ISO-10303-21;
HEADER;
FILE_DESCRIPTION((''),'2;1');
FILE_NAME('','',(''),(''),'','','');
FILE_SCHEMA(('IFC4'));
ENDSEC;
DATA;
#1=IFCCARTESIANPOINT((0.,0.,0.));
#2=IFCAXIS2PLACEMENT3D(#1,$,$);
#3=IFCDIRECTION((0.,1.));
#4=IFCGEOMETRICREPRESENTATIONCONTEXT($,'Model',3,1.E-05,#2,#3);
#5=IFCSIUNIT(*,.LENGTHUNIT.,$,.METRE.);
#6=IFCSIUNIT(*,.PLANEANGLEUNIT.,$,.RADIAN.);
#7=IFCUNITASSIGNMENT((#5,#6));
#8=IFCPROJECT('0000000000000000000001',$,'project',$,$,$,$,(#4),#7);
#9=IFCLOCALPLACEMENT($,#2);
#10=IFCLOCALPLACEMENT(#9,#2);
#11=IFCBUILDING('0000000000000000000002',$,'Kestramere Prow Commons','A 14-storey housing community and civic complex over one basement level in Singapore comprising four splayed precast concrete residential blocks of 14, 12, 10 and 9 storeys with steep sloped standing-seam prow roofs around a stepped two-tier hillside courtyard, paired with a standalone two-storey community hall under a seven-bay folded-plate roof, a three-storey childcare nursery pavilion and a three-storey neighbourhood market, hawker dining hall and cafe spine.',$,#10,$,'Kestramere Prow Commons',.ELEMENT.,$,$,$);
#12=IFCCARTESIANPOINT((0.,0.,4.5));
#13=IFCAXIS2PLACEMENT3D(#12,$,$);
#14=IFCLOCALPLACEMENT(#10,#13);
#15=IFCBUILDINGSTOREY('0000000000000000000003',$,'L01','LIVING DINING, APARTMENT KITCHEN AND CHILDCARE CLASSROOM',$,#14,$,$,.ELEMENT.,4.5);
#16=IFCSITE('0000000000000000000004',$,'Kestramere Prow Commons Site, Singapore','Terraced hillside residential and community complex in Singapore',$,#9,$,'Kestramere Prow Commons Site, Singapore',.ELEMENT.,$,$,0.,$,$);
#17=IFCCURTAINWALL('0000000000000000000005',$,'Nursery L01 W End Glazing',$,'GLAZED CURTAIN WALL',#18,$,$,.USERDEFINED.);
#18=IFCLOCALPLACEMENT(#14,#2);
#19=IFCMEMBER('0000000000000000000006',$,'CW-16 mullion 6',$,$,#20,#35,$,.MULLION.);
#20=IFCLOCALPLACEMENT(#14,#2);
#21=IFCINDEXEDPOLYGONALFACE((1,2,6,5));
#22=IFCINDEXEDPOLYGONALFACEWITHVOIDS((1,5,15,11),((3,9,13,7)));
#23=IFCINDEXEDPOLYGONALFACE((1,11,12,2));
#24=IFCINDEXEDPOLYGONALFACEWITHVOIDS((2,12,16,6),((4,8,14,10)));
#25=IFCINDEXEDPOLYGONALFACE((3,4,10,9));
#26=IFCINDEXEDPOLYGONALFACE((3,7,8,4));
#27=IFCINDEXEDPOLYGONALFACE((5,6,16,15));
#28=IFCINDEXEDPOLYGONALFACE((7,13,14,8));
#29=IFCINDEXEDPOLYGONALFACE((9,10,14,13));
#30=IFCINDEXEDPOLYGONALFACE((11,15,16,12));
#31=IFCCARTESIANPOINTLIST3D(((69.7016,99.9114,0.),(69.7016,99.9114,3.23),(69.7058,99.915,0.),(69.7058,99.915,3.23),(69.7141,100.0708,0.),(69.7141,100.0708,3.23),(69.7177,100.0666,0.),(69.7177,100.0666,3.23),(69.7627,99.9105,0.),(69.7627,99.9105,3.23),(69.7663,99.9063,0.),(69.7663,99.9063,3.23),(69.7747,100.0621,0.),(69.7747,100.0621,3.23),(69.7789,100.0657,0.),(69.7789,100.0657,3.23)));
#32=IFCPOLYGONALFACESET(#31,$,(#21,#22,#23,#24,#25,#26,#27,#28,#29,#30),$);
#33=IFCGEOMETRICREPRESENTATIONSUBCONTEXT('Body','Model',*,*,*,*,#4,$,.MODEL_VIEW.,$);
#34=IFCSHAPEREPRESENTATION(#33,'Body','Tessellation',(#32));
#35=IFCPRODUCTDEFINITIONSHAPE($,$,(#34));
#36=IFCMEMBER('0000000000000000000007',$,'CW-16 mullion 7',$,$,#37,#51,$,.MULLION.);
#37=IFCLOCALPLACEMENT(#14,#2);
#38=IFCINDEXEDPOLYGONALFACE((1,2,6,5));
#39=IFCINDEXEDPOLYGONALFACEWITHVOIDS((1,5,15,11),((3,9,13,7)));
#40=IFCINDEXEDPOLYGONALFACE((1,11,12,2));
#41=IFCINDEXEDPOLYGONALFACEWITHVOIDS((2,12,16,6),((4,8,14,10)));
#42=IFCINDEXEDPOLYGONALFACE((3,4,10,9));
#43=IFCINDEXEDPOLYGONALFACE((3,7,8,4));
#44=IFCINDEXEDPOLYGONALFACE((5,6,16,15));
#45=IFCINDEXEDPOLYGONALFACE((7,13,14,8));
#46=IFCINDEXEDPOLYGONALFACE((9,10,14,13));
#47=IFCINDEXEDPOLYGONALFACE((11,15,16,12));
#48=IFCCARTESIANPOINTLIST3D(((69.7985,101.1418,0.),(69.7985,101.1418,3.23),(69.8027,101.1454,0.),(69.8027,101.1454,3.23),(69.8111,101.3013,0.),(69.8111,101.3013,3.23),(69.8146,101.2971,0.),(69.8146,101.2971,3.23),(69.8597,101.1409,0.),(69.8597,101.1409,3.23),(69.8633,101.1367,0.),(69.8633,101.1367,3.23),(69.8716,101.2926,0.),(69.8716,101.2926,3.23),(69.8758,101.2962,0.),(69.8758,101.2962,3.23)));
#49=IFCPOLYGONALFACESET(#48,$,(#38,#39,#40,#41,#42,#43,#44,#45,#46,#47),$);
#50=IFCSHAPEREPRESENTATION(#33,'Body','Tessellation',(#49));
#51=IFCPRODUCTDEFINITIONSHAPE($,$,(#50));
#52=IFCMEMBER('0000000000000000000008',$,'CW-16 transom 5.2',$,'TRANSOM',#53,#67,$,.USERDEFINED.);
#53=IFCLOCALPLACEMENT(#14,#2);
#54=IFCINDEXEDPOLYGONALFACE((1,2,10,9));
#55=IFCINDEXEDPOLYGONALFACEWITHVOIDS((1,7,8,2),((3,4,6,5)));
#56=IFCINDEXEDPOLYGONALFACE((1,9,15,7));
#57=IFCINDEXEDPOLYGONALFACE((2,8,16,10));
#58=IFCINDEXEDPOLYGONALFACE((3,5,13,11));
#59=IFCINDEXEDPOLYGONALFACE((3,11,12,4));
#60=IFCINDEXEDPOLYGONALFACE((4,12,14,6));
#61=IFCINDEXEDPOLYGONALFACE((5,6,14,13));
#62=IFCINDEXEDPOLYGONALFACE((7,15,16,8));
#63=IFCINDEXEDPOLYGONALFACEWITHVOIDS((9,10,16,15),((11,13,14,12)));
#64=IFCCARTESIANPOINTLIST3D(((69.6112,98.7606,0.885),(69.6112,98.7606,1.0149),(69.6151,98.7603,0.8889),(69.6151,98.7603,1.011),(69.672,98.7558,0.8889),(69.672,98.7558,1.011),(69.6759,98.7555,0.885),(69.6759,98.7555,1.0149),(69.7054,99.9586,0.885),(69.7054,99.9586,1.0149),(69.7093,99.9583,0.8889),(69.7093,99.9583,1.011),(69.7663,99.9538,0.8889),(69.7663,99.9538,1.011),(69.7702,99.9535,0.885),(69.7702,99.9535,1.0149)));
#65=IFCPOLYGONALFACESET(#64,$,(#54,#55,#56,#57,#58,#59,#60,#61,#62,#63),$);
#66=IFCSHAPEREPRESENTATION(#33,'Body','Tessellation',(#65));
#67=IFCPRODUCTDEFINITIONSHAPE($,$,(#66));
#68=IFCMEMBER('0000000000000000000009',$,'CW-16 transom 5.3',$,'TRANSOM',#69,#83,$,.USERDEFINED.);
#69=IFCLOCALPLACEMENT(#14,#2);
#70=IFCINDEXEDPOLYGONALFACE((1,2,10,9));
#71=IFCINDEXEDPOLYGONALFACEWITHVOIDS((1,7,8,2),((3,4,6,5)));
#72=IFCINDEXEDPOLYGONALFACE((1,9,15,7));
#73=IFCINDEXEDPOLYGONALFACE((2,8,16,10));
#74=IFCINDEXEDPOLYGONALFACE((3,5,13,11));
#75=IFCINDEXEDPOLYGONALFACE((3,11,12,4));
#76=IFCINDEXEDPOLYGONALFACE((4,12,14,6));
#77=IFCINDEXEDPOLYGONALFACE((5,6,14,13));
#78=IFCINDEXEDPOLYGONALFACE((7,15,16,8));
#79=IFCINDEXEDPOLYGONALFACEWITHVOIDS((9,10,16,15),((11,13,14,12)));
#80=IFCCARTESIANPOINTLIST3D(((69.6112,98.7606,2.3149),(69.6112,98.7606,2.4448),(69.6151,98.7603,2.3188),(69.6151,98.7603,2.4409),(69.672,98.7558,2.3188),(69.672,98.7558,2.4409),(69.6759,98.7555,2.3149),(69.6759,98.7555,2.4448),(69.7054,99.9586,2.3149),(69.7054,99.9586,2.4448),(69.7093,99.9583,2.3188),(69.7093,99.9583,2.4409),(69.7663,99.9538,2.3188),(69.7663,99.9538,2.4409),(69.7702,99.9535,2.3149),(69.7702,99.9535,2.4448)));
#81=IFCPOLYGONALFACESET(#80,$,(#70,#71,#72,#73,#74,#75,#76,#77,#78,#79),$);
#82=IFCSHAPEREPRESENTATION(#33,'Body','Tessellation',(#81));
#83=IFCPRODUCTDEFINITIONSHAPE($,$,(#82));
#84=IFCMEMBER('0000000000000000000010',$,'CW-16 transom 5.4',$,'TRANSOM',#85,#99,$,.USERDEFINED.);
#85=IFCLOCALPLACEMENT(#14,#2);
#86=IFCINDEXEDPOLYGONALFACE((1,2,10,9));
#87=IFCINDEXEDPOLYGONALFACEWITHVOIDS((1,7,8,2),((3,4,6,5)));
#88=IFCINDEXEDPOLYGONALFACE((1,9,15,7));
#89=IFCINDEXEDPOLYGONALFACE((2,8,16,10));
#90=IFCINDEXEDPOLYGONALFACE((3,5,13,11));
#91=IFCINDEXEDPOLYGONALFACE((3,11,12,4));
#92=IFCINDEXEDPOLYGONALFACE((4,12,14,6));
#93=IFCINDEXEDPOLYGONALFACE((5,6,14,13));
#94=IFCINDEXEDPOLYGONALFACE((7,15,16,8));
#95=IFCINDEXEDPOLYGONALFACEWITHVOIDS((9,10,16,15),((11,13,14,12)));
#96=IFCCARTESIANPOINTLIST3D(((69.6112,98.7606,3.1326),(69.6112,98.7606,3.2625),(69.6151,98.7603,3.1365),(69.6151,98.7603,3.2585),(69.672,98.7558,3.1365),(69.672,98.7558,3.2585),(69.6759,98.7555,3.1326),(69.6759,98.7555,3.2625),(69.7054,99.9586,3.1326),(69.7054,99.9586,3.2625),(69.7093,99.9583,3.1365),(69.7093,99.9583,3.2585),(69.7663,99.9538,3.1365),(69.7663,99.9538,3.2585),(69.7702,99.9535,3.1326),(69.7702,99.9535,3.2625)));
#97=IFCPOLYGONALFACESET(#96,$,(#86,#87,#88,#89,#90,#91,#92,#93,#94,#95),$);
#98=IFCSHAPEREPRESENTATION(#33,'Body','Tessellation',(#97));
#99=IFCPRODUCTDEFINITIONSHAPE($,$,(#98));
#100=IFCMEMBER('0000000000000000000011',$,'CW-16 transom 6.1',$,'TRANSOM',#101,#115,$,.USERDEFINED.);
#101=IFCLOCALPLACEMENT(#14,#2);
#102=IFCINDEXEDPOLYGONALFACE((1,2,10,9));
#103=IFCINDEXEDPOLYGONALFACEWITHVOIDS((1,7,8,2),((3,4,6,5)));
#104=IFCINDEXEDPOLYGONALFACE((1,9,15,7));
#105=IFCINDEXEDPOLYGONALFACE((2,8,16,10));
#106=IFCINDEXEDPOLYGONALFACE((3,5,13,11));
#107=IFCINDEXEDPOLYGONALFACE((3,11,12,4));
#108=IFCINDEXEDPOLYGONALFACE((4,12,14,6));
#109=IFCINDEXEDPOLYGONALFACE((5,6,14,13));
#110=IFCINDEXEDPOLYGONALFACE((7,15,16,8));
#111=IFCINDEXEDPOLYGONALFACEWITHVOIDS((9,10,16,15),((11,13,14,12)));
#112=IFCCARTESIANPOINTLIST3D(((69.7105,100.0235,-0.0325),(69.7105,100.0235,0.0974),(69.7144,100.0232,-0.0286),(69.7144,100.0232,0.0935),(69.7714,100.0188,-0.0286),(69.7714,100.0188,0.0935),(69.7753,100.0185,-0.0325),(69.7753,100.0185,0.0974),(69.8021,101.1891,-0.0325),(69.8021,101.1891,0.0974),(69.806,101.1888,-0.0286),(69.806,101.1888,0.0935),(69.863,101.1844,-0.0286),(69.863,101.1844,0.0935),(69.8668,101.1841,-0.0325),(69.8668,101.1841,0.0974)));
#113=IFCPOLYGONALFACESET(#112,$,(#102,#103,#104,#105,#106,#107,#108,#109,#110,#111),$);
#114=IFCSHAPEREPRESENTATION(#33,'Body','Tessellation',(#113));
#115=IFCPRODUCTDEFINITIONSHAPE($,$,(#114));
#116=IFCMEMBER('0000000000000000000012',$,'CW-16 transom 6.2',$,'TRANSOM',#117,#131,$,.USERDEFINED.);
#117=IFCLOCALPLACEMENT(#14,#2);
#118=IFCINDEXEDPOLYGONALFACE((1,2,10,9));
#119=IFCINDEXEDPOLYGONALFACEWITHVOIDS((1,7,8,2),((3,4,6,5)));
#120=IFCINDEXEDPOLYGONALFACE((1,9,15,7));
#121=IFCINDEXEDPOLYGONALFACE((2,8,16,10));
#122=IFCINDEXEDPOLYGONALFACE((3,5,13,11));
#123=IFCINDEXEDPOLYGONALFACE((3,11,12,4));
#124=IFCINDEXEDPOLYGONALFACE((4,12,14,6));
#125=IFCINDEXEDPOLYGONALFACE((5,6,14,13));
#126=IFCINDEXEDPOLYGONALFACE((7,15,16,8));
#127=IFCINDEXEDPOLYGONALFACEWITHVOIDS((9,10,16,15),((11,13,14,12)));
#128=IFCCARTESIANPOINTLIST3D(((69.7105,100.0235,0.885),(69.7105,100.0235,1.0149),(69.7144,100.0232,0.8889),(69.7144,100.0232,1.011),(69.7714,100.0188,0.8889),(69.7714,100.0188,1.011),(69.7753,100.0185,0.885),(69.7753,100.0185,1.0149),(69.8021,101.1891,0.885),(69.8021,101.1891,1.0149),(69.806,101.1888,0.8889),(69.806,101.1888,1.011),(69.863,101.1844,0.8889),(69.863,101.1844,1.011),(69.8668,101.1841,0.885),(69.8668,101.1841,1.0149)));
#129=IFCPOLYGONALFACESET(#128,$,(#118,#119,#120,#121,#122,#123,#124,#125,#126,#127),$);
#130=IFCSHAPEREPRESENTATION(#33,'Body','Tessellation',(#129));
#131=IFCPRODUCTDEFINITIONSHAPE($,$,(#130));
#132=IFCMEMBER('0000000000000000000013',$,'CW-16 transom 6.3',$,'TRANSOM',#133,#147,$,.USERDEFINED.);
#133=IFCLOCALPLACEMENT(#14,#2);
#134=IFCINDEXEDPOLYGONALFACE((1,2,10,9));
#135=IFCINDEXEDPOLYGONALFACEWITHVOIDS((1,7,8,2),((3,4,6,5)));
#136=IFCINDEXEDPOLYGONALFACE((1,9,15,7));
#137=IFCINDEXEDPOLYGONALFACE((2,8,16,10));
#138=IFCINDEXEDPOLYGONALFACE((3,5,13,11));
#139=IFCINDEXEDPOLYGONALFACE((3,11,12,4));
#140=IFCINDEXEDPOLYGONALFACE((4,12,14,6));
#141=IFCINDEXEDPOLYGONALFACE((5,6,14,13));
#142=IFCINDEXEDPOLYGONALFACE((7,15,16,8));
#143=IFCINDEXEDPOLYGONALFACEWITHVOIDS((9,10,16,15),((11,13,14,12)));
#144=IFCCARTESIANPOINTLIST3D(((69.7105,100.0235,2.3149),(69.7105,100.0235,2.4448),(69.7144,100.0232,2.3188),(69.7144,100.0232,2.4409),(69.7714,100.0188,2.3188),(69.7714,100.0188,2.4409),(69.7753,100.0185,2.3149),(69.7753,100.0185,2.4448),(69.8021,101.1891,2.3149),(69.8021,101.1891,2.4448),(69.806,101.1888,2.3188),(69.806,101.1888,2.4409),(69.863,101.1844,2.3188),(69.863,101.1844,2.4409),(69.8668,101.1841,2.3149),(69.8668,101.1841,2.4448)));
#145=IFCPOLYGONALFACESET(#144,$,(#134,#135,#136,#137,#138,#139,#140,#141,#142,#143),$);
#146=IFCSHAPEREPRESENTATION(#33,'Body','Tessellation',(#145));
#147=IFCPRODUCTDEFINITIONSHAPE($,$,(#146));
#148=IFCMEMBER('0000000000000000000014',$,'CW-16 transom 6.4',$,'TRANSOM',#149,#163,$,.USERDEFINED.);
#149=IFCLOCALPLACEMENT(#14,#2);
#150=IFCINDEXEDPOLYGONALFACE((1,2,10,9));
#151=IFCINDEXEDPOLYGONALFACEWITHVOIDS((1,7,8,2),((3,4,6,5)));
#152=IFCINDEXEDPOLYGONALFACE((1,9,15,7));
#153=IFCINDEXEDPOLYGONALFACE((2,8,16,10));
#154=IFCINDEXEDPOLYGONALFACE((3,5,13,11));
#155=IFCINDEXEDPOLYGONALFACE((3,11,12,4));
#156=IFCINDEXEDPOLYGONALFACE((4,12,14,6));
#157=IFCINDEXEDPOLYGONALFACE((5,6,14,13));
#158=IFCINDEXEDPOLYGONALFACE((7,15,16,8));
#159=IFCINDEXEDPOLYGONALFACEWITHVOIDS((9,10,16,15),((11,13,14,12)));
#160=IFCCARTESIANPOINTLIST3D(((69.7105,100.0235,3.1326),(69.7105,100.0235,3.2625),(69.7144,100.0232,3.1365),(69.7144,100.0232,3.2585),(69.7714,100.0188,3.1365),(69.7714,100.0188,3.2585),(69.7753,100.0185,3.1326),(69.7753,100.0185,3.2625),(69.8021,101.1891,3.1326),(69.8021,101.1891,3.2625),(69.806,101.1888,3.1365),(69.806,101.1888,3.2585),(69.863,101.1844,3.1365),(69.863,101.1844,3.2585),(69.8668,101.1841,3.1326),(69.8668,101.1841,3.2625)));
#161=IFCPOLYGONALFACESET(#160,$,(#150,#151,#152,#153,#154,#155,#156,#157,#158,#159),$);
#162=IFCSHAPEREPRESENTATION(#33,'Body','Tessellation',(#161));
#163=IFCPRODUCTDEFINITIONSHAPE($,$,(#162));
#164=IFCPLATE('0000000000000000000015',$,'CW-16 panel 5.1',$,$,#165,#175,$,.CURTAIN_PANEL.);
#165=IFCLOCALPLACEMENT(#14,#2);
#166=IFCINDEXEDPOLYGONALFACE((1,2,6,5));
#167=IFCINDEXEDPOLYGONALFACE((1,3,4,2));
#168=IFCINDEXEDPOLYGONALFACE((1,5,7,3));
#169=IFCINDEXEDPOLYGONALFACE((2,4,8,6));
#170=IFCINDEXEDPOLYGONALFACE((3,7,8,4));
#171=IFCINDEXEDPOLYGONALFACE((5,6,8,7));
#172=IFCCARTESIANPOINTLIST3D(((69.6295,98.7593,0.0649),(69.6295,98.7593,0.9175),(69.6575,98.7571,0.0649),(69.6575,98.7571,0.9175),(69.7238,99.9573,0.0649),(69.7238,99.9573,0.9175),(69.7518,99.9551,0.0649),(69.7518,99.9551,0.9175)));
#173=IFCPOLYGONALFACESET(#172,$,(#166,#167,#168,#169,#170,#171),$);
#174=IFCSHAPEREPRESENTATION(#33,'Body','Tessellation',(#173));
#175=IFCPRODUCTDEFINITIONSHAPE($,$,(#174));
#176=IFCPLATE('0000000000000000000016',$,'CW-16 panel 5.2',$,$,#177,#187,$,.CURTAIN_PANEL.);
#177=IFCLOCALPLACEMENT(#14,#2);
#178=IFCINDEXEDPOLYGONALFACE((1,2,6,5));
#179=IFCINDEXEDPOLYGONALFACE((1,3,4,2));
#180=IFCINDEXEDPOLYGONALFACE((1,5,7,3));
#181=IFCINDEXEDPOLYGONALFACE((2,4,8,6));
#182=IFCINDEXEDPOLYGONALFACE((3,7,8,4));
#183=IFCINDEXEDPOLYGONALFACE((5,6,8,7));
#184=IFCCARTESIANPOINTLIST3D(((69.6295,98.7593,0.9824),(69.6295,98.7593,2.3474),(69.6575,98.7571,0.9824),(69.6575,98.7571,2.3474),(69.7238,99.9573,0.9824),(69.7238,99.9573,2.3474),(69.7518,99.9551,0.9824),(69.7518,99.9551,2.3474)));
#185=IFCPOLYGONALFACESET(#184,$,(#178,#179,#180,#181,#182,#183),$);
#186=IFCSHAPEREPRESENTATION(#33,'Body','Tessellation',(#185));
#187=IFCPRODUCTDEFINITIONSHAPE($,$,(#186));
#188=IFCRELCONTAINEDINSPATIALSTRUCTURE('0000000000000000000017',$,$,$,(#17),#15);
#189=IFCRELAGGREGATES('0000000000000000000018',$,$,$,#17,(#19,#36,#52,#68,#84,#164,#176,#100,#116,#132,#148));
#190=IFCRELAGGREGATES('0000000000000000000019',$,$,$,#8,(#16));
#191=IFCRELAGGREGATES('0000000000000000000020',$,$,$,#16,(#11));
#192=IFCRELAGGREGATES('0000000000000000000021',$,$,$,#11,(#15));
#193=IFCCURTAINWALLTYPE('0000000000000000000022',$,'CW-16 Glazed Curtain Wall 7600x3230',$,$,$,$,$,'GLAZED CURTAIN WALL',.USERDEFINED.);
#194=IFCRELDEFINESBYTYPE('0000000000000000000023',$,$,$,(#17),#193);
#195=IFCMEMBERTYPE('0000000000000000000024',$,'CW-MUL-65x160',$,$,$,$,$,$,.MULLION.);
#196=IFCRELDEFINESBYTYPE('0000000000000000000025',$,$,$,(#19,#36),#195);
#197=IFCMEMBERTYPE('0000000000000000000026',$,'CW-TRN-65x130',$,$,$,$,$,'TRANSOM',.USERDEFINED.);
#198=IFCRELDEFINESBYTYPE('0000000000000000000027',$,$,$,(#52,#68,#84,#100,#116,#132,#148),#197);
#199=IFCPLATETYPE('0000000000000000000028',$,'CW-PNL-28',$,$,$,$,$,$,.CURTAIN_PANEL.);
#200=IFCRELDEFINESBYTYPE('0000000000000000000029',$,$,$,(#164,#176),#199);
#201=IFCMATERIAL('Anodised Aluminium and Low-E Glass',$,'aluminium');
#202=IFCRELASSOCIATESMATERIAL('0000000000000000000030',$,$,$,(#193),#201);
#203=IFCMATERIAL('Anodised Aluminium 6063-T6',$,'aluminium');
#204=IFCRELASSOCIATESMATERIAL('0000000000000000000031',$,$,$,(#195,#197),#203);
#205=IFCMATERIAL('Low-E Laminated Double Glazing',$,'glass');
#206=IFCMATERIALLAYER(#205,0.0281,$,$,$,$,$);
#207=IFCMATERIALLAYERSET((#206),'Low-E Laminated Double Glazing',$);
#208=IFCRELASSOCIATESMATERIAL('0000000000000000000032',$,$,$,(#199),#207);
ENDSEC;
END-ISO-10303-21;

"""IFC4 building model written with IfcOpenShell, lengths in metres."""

from ifc_helpers import new_model, si_unit, direction, frame, origin, origin_2d, place, context, subcontext, project, spatial, rectangle, hollow_rectangle, extrude, material, layer, layer_set, material_profile, profile_set, type_object, element, aggregate, save


model = new_model("IFC4")

# Units and contexts
model_context = context("Model", 3, precision=1e-05, world=origin(), true_north=direction((0.0, 1.0)))
body_context = subcontext(model_context, "Body", "Model", "MODEL_VIEW")
ifc_project = project(units=[si_unit("LENGTHUNIT", "METRE"), si_unit("PLANEANGLEUNIT", "RADIAN")], contexts=[model_context])

# Site, building, storey
site_placement = place(None, origin())
site = spatial("IfcSite", under=ifc_project, at=site_placement, Name="Kestramere Prow Commons Site, Singapore", Description="Terraced hillside residential and community complex in Singapore", LongName="Kestramere Prow Commons Site, Singapore", CompositionType="ELEMENT", RefElevation=0.0)
building_placement = place(site_placement, origin())
building = spatial("IfcBuilding", under=site, at=building_placement, Name="Kestramere Prow Commons", Description="A 14-storey housing community and civic complex over one basement level in Singapore comprising four splayed precast concrete residential blocks of 14, 12, 10 and 9 storeys with steep sloped standing-seam prow roofs around a stepped two-tier hillside courtyard, paired with a standalone two-storey community hall under a seven-bay folded-plate roof, a three-storey childcare nursery pavilion and a three-storey neighbourhood market, hawker dining hall and cafe spine.", LongName="Kestramere Prow Commons", CompositionType="ELEMENT")
storey_placement = place(building_placement, frame((0.0, 0.0, 4.5)))
storey = spatial("IfcBuildingStorey", under=building, at=storey_placement, Name="L01", Description="LIVING DINING, APARTMENT KITCHEN AND CHILDCARE CLASSROOM", CompositionType="ELEMENT", Elevation=4.5)

# Curtain wall, members, plates
ifc_material_1 = material(Name="Anodised Aluminium and Low-E Glass", Category="aluminium")
curtain_wall_type = type_object("IfcCurtainWallType", Name="CW-16 Glazed Curtain Wall 7600x3230", ElementType="GLAZED CURTAIN WALL", PredefinedType="USERDEFINED", material=ifc_material_1)
curtain_wall_placement = place(storey_placement, origin())
curtain_wall = element("IfcCurtainWall", 1, at=curtain_wall_placement, inside=storey, type_object=curtain_wall_type, Name="Nursery L01 W End Glazing", ObjectType="GLAZED CURTAIN WALL", PredefinedType="USERDEFINED")
ifc_material_2 = material(Name="Anodised Aluminium 6063-T6", Category="aluminium")
ifc_material_profile_1 = material_profile(ifc_material_2, hollow_rectangle(XDim=0.0649, YDim=0.1599, WallThickness=0.0039, at=origin_2d()), Name="ALU-MUL 65x160")
ifc_profile_set_1 = profile_set([ifc_material_profile_1], Name="Anodised Aluminium 6063-T6")
member_type_1 = type_object("IfcMemberType", Name="CW-MUL-65x160", PredefinedType="MULLION", material=ifc_profile_set_1)
member_1_placement = place(storey_placement, frame((69.7402, 99.9885, 0.0), z_axis=(0.0, 0.0, 1.0), x_axis=(-0.996917, 0.078459, 0.0)))
member_1 = element("IfcMember", 2, at=member_1_placement, type_object=member_type_1, Name="CW-16 mullion 6", PredefinedType="MULLION", context=body_context, shape_type="SweptSolid", body=[
    extrude(hollow_rectangle(XDim=0.0649, YDim=0.1599, WallThickness=0.0039, at=origin_2d()), origin(), (0.0, 0.0, 1.0), 3.23),
])
member_2_placement = place(storey_placement, frame((69.8372, 101.219, 0.0), z_axis=(0.0, 0.0, 1.0), x_axis=(-0.996917, 0.078459, 0.0)))
member_2 = element("IfcMember", 3, at=member_2_placement, type_object=member_type_1, Name="CW-16 mullion 7", PredefinedType="MULLION", context=body_context, shape_type="SweptSolid", body=[
    extrude(hollow_rectangle(XDim=0.0649, YDim=0.1599, WallThickness=0.0039, at=origin_2d()), origin(), (0.0, 0.0, 1.0), 3.23),
])
ifc_material_profile_2 = material_profile(ifc_material_2, hollow_rectangle(XDim=0.0649, YDim=0.1299, WallThickness=0.0039, at=origin_2d()), Name="ALU-TRN 65x130")
ifc_profile_set_2 = profile_set([ifc_material_profile_2], Name="Anodised Aluminium 6063-T6")
member_type_2 = type_object("IfcMemberType", Name="CW-TRN-65x130", ElementType="TRANSOM", PredefinedType="USERDEFINED", material=ifc_profile_set_2)
member_3_placement = place(storey_placement, frame((69.6436, 98.7581, 0.95), z_axis=(0.078421, 0.99692, 0.0), x_axis=(-0.99692, 0.078421, 0.0)))
member_3 = element("IfcMember", 4, at=member_3_placement, type_object=member_type_2, Name="CW-16 transom 5.2", ObjectType="TRANSOM", PredefinedType="USERDEFINED", context=body_context, shape_type="SweptSolid", body=[
    extrude(hollow_rectangle(XDim=0.0649, YDim=0.1299, WallThickness=0.0039, at=origin_2d()), origin(), (0.0, 0.0, 1.0), 1.2017),
])
member_4_placement = place(storey_placement, frame((69.6436, 98.7581, 2.3799), z_axis=(0.078421, 0.99692, 0.0), x_axis=(-0.99692, 0.078421, 0.0)))
member_4 = element("IfcMember", 5, at=member_4_placement, type_object=member_type_2, Name="CW-16 transom 5.3", ObjectType="TRANSOM", PredefinedType="USERDEFINED", context=body_context, shape_type="SweptSolid", body=[
    extrude(hollow_rectangle(XDim=0.0649, YDim=0.1299, WallThickness=0.0039, at=origin_2d()), origin(), (0.0, 0.0, 1.0), 1.2017),
])
member_5_placement = place(storey_placement, frame((69.6436, 98.7581, 3.1975), z_axis=(0.078421, 0.99692, 0.0), x_axis=(-0.99692, 0.078421, 0.0)))
member_5 = element("IfcMember", 6, at=member_5_placement, type_object=member_type_2, Name="CW-16 transom 5.4", ObjectType="TRANSOM", PredefinedType="USERDEFINED", context=body_context, shape_type="SweptSolid", body=[
    extrude(hollow_rectangle(XDim=0.0649, YDim=0.1299, WallThickness=0.0039, at=origin_2d()), origin(), (0.0, 0.0, 1.0), 1.2017),
])
member_6_placement = place(storey_placement, frame((69.7429, 100.021, 0.0325), z_axis=(0.078309, 0.996929, 0.0), x_axis=(-0.996929, 0.078309, 0.0)))
member_6 = element("IfcMember", 7, at=member_6_placement, type_object=member_type_2, Name="CW-16 transom 6.1", ObjectType="TRANSOM", PredefinedType="USERDEFINED", context=body_context, shape_type="SweptSolid", body=[
    extrude(hollow_rectangle(XDim=0.0649, YDim=0.1299, WallThickness=0.0039, at=origin_2d()), origin(), (0.0, 0.0, 1.0), 1.1692),
])
member_7_placement = place(storey_placement, frame((69.7429, 100.021, 0.95), z_axis=(0.078309, 0.996929, 0.0), x_axis=(-0.996929, 0.078309, 0.0)))
member_7 = element("IfcMember", 8, at=member_7_placement, type_object=member_type_2, Name="CW-16 transom 6.2", ObjectType="TRANSOM", PredefinedType="USERDEFINED", context=body_context, shape_type="SweptSolid", body=[
    extrude(hollow_rectangle(XDim=0.0649, YDim=0.1299, WallThickness=0.0039, at=origin_2d()), origin(), (0.0, 0.0, 1.0), 1.1692),
])
member_8_placement = place(storey_placement, frame((69.7429, 100.021, 2.3799), z_axis=(0.078309, 0.996929, 0.0), x_axis=(-0.996929, 0.078309, 0.0)))
member_8 = element("IfcMember", 9, at=member_8_placement, type_object=member_type_2, Name="CW-16 transom 6.3", ObjectType="TRANSOM", PredefinedType="USERDEFINED", context=body_context, shape_type="SweptSolid", body=[
    extrude(hollow_rectangle(XDim=0.0649, YDim=0.1299, WallThickness=0.0039, at=origin_2d()), origin(), (0.0, 0.0, 1.0), 1.1692),
])
member_9_placement = place(storey_placement, frame((69.7429, 100.021, 3.1975), z_axis=(0.078309, 0.996929, 0.0), x_axis=(-0.996929, 0.078309, 0.0)))
member_9 = element("IfcMember", 10, at=member_9_placement, type_object=member_type_2, Name="CW-16 transom 6.4", ObjectType="TRANSOM", PredefinedType="USERDEFINED", context=body_context, shape_type="SweptSolid", body=[
    extrude(hollow_rectangle(XDim=0.0649, YDim=0.1299, WallThickness=0.0039, at=origin_2d()), origin(), (0.0, 0.0, 1.0), 1.1692),
])
ifc_material_3 = material(Name="Low-E Laminated Double Glazing", Category="glass")
ifc_layer_1 = layer(ifc_material_3, 0.0281)
ifc_layer_set_1 = layer_set([ifc_layer_1], Name="Low-E Laminated Double Glazing")
plate_type = type_object("IfcPlateType", Name="CW-PNL-28", PredefinedType="CURTAIN_PANEL", material=ifc_layer_set_1)
plate_1_placement = place(storey_placement, frame((69.6907, 99.3572, 0.0649), z_axis=(0.0, 0.0, 1.0), x_axis=(0.078459, 0.996917, 0.0)))
plate_1 = element("IfcPlate", 11, at=plate_1_placement, type_object=plate_type, Name="CW-16 panel 5.1", PredefinedType="CURTAIN_PANEL", context=body_context, shape_type="SweptSolid", body=[
    extrude(rectangle(XDim=1.2017, YDim=0.0281, at=origin_2d()), origin(), (0.0, 0.0, 1.0), 0.8525),
])
plate_2_placement = place(storey_placement, frame((69.6907, 99.3572, 0.9824), z_axis=(0.0, 0.0, 1.0), x_axis=(0.078459, 0.996917, 0.0)))
plate_2 = element("IfcPlate", 12, at=plate_2_placement, type_object=plate_type, Name="CW-16 panel 5.2", PredefinedType="CURTAIN_PANEL", context=body_context, shape_type="SweptSolid", body=[
    extrude(rectangle(XDim=1.2017, YDim=0.0281, at=origin_2d()), origin(), (0.0, 0.0, 1.0), 1.365),
])
aggregate(curtain_wall, [member_1, member_2, member_3, member_4, member_5, plate_1, plate_2, member_6, member_7, member_8, member_9])

save(model, "model.ifc")
